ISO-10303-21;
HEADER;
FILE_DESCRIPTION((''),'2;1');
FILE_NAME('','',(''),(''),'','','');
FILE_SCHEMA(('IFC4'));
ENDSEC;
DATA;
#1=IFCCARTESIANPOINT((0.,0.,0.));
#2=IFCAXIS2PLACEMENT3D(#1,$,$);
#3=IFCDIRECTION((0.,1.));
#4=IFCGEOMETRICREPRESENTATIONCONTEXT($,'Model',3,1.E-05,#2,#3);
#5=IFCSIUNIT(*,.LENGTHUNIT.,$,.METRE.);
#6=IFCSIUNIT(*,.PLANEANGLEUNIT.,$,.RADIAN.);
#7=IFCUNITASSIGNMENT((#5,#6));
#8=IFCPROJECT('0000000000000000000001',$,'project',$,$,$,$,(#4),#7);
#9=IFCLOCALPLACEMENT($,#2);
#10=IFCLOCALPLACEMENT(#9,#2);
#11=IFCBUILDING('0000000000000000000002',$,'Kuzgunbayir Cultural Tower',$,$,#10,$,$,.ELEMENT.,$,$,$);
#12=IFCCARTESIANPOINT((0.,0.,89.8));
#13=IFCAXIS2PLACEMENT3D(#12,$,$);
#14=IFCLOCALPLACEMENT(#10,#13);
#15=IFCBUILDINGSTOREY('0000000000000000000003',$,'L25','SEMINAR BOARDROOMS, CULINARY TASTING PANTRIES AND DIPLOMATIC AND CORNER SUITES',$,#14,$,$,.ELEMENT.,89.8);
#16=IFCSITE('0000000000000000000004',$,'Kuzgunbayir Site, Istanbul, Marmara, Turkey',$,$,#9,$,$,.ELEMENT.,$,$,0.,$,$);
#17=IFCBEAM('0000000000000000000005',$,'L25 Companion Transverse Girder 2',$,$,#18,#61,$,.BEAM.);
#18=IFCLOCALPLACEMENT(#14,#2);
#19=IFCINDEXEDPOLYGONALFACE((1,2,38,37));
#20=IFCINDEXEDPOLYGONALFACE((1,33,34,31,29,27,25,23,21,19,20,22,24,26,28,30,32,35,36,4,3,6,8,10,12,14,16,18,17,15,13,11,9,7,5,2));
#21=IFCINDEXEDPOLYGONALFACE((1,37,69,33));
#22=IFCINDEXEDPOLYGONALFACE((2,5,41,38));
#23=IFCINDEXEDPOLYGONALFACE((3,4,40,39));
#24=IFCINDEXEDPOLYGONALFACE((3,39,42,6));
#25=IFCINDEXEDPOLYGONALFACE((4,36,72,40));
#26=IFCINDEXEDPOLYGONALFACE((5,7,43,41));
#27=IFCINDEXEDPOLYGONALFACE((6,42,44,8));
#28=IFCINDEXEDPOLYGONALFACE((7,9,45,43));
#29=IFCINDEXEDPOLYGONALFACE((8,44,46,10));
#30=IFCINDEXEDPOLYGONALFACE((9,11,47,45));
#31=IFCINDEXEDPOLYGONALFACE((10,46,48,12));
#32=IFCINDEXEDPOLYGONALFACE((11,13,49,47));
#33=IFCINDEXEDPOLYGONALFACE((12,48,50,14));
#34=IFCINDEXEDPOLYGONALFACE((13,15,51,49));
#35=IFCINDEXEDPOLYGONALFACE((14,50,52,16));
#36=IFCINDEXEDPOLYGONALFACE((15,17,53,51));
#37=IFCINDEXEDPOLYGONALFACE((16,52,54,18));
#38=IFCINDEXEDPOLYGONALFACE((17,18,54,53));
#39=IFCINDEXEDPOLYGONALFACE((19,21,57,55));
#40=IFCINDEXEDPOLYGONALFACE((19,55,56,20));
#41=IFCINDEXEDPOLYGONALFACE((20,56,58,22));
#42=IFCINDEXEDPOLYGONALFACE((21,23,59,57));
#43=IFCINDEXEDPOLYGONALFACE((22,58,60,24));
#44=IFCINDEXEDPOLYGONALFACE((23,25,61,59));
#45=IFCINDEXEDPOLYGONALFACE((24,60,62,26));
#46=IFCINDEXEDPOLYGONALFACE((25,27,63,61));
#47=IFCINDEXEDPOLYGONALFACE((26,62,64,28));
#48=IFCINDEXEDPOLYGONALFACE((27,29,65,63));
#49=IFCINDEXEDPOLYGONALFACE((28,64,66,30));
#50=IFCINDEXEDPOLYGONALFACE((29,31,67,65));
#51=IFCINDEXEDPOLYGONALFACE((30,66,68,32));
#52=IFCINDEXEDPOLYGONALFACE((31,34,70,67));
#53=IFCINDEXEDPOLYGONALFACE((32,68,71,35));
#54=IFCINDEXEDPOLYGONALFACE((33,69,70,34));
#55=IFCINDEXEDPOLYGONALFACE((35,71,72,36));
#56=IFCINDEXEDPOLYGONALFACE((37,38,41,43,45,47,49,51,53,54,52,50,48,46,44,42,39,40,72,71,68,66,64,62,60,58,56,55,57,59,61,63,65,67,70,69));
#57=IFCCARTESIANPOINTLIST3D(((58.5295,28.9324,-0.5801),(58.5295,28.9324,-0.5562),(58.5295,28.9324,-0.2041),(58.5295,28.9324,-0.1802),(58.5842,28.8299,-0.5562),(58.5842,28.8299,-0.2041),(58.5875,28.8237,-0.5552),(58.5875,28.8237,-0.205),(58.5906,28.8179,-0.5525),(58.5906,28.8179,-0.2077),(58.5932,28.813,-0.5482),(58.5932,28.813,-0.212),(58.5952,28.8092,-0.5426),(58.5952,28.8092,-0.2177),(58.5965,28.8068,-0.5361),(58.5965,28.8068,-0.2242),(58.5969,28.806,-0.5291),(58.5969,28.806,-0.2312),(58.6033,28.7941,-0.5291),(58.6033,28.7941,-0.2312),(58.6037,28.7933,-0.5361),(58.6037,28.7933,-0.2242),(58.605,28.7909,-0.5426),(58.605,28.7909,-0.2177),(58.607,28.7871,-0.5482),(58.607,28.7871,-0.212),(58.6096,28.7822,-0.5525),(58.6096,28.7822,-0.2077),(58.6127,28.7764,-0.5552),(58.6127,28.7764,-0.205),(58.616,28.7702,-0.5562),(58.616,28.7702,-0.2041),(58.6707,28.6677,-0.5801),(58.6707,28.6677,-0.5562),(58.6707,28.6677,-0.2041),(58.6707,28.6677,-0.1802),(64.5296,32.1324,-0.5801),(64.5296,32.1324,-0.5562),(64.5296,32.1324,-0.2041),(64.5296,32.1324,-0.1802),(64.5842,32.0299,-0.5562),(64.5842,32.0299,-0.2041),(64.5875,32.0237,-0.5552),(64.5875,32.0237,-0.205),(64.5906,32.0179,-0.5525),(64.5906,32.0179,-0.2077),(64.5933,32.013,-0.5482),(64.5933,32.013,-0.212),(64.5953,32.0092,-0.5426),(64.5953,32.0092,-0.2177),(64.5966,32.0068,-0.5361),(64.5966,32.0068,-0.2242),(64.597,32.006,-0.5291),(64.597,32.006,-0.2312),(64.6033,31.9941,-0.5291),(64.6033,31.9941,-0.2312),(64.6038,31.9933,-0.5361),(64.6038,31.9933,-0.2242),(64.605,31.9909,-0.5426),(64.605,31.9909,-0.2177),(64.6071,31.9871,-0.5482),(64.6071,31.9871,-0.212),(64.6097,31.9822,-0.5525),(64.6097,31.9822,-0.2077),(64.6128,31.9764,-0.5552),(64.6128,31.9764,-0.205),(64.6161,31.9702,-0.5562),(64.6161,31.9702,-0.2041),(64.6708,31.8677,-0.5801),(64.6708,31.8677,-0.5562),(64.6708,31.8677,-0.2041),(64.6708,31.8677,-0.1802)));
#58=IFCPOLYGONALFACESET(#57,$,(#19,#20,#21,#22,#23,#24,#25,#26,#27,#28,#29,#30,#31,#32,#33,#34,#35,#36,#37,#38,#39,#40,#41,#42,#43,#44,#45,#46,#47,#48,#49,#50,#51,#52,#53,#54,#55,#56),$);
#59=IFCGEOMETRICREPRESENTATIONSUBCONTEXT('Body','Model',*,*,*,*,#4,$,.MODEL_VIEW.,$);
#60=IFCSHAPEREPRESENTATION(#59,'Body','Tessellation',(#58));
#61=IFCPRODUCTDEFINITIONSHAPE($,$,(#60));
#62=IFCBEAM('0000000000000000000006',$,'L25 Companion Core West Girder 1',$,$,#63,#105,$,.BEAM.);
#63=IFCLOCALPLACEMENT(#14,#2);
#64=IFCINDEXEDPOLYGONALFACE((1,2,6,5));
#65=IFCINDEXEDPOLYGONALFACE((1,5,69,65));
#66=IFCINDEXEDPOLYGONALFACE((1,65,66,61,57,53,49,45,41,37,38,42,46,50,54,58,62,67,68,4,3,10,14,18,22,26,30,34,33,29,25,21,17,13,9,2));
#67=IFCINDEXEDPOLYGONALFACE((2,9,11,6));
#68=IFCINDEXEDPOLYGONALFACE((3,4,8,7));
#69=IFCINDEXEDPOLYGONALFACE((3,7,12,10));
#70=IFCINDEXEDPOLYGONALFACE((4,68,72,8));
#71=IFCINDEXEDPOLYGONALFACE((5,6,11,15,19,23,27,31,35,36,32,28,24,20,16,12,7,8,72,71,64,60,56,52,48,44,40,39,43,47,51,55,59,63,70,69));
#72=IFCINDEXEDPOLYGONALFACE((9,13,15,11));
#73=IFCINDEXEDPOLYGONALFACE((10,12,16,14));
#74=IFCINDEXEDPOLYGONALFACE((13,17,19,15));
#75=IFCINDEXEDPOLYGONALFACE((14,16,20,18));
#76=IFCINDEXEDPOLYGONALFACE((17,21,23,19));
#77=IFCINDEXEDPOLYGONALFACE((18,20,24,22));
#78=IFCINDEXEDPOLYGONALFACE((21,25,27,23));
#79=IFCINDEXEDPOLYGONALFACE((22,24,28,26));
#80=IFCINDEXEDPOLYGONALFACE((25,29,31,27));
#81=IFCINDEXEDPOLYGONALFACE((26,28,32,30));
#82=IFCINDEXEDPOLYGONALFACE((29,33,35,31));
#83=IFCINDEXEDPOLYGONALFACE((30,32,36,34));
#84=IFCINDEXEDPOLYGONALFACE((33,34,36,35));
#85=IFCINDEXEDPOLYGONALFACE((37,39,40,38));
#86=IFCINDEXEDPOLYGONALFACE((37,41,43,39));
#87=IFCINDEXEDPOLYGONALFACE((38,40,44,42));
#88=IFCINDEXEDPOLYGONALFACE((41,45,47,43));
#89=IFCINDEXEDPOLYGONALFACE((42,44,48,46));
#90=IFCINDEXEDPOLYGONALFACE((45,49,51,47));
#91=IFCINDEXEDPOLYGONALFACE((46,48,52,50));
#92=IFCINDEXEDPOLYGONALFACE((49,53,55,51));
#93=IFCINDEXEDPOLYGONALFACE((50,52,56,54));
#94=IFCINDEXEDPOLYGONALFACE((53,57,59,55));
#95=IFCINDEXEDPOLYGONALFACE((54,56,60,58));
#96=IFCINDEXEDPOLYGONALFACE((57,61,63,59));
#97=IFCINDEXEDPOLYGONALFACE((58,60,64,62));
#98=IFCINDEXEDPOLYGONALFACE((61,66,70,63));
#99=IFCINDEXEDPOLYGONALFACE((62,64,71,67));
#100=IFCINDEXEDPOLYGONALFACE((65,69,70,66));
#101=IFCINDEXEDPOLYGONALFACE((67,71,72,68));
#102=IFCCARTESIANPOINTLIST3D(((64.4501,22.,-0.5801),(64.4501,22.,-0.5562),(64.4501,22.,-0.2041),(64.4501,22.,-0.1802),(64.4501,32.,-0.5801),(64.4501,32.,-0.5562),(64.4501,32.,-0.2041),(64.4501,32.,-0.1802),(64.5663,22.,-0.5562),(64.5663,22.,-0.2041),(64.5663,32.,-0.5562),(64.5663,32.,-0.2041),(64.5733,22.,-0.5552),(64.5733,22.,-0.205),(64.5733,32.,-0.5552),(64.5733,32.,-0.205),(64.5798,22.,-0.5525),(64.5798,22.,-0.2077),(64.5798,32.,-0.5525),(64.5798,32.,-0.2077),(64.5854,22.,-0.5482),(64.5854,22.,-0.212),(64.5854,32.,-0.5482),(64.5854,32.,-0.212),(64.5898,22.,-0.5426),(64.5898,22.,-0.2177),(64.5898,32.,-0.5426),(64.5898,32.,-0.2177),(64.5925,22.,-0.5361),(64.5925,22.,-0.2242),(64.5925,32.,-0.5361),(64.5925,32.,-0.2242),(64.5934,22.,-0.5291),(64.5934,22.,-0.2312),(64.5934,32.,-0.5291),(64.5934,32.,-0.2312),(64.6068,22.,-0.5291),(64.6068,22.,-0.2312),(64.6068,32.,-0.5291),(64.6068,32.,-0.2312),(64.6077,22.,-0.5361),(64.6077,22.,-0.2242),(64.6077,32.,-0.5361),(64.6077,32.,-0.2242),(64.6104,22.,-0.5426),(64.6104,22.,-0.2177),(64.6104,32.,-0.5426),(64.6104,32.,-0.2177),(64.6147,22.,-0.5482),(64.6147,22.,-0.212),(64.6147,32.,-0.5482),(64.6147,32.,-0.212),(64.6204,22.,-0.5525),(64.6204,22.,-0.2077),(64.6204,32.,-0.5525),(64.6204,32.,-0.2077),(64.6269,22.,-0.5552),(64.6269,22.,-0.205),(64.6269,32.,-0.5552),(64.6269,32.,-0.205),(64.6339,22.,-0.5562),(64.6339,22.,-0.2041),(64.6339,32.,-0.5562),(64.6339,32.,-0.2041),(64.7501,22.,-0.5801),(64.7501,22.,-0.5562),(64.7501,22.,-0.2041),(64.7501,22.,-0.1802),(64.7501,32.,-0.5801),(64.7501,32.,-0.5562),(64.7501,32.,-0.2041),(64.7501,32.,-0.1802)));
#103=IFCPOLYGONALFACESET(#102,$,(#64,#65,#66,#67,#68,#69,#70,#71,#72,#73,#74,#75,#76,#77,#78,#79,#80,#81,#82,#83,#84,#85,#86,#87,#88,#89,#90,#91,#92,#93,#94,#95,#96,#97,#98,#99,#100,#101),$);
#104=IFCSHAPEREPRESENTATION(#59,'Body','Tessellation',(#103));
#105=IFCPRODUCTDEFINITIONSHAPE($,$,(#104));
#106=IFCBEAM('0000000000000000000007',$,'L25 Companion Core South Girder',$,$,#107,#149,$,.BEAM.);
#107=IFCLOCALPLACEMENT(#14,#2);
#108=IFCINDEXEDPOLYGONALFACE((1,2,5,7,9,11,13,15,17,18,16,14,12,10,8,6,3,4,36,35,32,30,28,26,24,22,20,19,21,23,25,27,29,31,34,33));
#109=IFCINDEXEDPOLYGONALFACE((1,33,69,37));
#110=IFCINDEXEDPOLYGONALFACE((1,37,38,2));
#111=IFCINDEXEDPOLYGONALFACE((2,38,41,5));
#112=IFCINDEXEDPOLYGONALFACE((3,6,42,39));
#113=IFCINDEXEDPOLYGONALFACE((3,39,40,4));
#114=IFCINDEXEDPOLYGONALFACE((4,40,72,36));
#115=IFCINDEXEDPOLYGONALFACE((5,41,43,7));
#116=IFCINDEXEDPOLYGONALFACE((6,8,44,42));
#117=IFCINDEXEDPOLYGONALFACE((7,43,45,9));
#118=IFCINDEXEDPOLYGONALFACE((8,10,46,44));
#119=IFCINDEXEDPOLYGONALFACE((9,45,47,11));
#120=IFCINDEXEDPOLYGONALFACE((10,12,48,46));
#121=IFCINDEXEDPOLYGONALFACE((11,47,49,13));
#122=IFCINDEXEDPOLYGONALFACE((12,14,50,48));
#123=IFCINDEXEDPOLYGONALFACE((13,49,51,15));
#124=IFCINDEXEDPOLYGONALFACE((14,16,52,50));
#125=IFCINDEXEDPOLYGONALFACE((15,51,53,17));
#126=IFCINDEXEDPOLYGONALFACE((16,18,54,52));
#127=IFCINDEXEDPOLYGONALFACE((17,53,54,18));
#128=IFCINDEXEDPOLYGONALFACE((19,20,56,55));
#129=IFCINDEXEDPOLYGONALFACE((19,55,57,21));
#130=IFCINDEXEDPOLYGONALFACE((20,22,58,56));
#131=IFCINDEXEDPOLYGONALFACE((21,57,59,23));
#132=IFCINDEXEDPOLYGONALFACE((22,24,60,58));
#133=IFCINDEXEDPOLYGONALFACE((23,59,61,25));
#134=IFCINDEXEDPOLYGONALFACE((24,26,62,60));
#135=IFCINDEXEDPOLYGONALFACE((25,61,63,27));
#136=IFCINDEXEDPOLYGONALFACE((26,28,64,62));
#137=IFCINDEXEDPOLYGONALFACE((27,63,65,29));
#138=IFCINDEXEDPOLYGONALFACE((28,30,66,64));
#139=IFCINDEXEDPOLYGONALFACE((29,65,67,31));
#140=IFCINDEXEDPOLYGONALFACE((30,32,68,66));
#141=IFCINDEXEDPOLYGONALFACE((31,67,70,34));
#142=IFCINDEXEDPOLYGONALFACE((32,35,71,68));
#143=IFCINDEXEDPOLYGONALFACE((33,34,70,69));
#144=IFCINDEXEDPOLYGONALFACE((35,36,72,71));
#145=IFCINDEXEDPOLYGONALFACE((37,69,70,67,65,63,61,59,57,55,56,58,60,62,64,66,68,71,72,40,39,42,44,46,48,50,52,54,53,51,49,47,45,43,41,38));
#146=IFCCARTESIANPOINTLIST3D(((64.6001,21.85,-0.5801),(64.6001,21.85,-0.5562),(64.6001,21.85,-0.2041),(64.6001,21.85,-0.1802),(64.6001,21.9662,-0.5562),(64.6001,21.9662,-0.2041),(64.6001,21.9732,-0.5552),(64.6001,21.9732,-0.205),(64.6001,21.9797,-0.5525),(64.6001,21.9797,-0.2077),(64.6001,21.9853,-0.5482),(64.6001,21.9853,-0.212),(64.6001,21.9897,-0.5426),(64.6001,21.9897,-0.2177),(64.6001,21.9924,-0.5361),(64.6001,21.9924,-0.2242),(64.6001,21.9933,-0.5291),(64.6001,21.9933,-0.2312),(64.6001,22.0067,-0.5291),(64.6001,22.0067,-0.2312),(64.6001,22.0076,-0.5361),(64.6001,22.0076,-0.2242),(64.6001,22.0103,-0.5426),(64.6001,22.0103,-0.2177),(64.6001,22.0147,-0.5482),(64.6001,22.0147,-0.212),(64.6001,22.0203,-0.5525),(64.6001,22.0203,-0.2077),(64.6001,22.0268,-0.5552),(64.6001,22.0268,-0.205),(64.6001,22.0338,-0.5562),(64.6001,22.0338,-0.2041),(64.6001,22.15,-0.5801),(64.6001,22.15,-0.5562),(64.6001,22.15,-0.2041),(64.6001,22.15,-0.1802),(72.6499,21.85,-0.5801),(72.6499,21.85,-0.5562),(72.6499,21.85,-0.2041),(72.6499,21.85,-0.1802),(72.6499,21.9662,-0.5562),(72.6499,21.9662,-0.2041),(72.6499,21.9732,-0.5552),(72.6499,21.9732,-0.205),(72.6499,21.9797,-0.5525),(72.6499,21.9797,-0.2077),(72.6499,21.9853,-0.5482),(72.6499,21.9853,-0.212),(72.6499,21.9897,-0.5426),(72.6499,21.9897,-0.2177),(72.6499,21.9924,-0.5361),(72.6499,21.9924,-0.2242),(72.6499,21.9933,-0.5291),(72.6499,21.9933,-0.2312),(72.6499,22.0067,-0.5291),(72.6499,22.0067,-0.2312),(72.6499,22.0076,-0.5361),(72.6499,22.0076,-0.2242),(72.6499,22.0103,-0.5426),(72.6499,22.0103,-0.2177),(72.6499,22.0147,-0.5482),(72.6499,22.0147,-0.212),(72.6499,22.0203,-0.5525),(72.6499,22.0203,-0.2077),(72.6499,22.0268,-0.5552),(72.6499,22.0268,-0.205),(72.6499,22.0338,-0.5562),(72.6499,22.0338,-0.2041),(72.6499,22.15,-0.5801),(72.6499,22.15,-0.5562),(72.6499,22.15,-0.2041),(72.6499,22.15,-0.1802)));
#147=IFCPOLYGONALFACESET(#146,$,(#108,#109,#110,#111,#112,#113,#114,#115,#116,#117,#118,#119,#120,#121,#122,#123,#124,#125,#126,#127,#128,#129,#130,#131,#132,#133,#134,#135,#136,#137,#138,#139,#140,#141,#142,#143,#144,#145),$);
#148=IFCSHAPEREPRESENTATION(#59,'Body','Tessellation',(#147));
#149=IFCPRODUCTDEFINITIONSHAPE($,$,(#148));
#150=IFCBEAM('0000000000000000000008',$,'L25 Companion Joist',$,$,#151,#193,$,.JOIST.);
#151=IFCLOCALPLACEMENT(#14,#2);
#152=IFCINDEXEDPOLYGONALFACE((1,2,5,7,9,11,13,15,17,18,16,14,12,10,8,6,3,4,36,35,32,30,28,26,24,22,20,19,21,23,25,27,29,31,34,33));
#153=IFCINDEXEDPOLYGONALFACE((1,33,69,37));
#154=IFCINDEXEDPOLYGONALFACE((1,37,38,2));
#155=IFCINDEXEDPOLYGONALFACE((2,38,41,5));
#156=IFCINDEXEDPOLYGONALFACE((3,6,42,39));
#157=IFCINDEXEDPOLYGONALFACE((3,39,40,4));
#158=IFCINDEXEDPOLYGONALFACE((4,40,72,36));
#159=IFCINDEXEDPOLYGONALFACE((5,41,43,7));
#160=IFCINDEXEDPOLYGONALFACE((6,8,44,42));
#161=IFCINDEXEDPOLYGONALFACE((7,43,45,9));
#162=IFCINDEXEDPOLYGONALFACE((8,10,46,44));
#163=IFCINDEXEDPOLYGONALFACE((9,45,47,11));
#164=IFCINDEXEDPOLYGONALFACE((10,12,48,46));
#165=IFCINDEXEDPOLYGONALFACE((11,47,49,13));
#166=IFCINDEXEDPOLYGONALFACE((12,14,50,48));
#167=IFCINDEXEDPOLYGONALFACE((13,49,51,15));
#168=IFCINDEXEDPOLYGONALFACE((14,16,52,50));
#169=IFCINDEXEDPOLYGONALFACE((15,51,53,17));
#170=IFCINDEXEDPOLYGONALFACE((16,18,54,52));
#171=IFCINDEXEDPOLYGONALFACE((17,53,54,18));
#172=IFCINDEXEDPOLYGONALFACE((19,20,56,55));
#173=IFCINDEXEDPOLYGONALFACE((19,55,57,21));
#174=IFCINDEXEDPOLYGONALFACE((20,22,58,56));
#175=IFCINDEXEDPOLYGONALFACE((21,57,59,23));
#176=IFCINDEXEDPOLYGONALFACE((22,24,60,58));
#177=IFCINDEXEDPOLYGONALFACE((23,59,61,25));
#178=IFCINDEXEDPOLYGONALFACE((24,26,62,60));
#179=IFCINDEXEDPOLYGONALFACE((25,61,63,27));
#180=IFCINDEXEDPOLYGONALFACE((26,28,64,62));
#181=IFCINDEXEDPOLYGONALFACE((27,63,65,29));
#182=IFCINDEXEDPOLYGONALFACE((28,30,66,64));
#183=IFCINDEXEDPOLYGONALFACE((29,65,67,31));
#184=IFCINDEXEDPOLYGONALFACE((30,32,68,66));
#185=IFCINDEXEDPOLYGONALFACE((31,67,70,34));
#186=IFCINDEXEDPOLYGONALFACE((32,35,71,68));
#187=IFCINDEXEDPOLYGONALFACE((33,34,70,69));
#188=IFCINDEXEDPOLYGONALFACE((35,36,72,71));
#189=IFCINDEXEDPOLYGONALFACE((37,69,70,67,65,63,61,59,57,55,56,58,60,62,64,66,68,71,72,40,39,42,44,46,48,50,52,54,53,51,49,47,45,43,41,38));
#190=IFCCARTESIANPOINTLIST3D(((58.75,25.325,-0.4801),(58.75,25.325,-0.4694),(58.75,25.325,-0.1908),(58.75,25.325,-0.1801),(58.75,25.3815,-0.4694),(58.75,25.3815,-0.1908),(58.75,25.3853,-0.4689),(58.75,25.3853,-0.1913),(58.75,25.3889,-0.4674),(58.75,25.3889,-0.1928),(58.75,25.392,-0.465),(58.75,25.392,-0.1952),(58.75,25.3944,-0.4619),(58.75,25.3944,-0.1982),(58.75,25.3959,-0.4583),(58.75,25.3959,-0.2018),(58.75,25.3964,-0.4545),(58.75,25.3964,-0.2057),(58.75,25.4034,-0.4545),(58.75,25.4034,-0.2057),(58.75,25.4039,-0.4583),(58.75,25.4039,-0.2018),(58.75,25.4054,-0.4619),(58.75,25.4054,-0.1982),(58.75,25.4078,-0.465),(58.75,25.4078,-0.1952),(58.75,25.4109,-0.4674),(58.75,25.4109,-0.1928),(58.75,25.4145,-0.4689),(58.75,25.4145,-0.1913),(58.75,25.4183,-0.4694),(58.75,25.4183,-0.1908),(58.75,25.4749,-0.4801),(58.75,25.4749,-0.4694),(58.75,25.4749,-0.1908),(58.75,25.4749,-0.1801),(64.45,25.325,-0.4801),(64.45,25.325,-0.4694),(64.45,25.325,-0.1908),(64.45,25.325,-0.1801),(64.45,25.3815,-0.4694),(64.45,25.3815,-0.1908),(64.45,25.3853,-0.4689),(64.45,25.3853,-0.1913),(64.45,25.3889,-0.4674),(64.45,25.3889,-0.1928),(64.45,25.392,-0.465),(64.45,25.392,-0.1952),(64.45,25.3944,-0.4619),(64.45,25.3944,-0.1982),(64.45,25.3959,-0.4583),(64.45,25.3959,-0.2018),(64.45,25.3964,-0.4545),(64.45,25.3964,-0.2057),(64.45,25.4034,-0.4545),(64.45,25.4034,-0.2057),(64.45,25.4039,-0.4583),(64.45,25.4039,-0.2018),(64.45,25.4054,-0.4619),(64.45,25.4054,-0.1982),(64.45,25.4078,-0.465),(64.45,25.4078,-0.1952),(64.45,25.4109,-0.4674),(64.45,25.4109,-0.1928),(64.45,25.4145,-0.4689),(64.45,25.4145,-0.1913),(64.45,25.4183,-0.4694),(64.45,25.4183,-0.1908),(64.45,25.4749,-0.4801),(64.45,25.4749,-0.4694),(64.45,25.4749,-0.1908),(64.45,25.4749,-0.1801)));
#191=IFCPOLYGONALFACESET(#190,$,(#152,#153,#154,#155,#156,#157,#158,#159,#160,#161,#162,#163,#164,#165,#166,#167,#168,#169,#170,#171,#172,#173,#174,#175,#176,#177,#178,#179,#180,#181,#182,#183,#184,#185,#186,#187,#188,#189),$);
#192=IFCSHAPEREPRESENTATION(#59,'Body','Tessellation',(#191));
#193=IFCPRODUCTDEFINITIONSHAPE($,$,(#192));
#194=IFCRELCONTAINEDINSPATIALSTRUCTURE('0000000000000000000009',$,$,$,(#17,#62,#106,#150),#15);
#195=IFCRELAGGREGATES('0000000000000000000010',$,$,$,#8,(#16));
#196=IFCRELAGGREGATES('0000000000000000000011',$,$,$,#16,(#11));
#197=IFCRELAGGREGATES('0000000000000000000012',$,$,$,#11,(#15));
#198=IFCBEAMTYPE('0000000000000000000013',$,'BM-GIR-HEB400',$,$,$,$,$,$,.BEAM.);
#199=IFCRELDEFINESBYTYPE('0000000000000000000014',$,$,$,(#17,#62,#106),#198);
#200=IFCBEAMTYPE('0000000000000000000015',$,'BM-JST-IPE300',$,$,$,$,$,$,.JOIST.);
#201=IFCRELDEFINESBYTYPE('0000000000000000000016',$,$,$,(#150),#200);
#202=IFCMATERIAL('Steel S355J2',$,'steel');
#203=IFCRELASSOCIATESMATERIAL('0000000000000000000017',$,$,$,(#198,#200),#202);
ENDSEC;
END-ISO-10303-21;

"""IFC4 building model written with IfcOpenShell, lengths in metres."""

from ifc_helpers import new_model, si_unit, direction, frame, origin, origin_2d, place, context, subcontext, project, spatial, i_section, extrude, material, material_profile, profile_set, type_object, element, save


model = new_model("IFC4")

# Units and contexts
model_context = context("Model", 3, precision=1e-05, world=origin(), true_north=direction((0.0, 1.0)))
body_context = subcontext(model_context, "Body", "Model", "MODEL_VIEW")
ifc_project = project(units=[si_unit("LENGTHUNIT", "METRE"), si_unit("PLANEANGLEUNIT", "RADIAN")], contexts=[model_context])

# Site, building, storey
site_placement = place(None, origin())
site = spatial("IfcSite", under=ifc_project, at=site_placement, Name="Kuzgunbayir Site, Istanbul, Marmara, Turkey", CompositionType="ELEMENT", RefElevation=0.0)
building_placement = place(site_placement, origin())
building = spatial("IfcBuilding", under=site, at=building_placement, Name="Kuzgunbayir Cultural Tower", CompositionType="ELEMENT")
storey_placement = place(building_placement, frame((0.0, 0.0, 89.8)))
storey = spatial("IfcBuildingStorey", under=building, at=storey_placement, Name="L25", Description="SEMINAR BOARDROOMS, CULINARY TASTING PANTRIES AND DIPLOMATIC AND CORNER SUITES", CompositionType="ELEMENT", Elevation=89.8)

# Beams
ifc_material_1 = material(Name="Steel S355J2", Category="steel")
ifc_material_profile_1 = material_profile(ifc_material_1, i_section(OverallWidth=0.3, OverallDepth=0.3999, WebThickness=0.0134, FlangeThickness=0.0239, FilletRadius=0.0271, at=origin_2d()), Name="HEB 400")
ifc_profile_set_1 = profile_set([ifc_material_profile_1], Name="Steel S355J2")
beam_type_1 = type_object("IfcBeamType", Name="BM-GIR-HEB400", PredefinedType="BEAM", material=ifc_profile_set_1)
beam_1_placement = place(storey_placement, frame((58.6001, 28.8, -0.3801), z_axis=(0.882356, 0.470583, 0.0), x_axis=(-0.470583, 0.882356, 0.0)))
element("IfcBeam", 1, at=beam_1_placement, inside=storey, type_object=beam_type_1, Name="L25 Companion Transverse Girder 2", PredefinedType="BEAM", context=body_context, shape_type="SweptSolid", body=[
    extrude(i_section(OverallWidth=0.3, OverallDepth=0.3999, WebThickness=0.0134, FlangeThickness=0.0239, FilletRadius=0.0271, at=origin_2d()), origin(), (0.0, 0.0, 1.0), 6.8),
])
beam_2_placement = place(storey_placement, frame((64.6001, 22.0, -0.3801), z_axis=(0.0, 1.0, 0.0), x_axis=(-1.0, 0.0, 0.0)))
element("IfcBeam", 2, at=beam_2_placement, inside=storey, type_object=beam_type_1, Name="L25 Companion Core West Girder 1", PredefinedType="BEAM", context=body_context, shape_type="SweptSolid", body=[
    extrude(i_section(OverallWidth=0.3, OverallDepth=0.3999, WebThickness=0.0134, FlangeThickness=0.0239, FilletRadius=0.0271, at=origin_2d()), origin(), (0.0, 0.0, 1.0), 10.0),
])
beam_3_placement = place(storey_placement, frame((64.6001, 22.0, -0.3801), z_axis=(1.0, 0.0, 0.0), x_axis=(0.0, 1.0, 0.0)))
element("IfcBeam", 3, at=beam_3_placement, inside=storey, type_object=beam_type_1, Name="L25 Companion Core South Girder", PredefinedType="BEAM", context=body_context, shape_type="SweptSolid", body=[
    extrude(i_section(OverallWidth=0.3, OverallDepth=0.3999, WebThickness=0.0134, FlangeThickness=0.0239, FilletRadius=0.0271, at=origin_2d()), origin(), (0.0, 0.0, 1.0), 8.0498),
])
ifc_material_profile_2 = material_profile(ifc_material_1, i_section(OverallWidth=0.1499, OverallDepth=0.3, WebThickness=0.0071, FlangeThickness=0.0107, FilletRadius=0.0149, at=origin_2d()), Name="IPE 300")
ifc_profile_set_2 = profile_set([ifc_material_profile_2], Name="Steel S355J2")
beam_type_2 = type_object("IfcBeamType", Name="BM-JST-IPE300", PredefinedType="JOIST", material=ifc_profile_set_2)
beam_4_placement = place(storey_placement, frame((58.75, 25.3999, -0.3301), z_axis=(1.0, 0.0, 0.0), x_axis=(0.0, 1.0, 0.0)))
element("IfcBeam", 4, at=beam_4_placement, inside=storey, type_object=beam_type_2, Name="L25 Companion Joist", PredefinedType="JOIST", context=body_context, shape_type="SweptSolid", body=[
    extrude(i_section(OverallWidth=0.1499, OverallDepth=0.3, WebThickness=0.0071, FlangeThickness=0.0107, FilletRadius=0.0149, at=origin_2d()), origin(), (0.0, 0.0, 1.0), 5.7),
])

save(model, "model.ifc")
